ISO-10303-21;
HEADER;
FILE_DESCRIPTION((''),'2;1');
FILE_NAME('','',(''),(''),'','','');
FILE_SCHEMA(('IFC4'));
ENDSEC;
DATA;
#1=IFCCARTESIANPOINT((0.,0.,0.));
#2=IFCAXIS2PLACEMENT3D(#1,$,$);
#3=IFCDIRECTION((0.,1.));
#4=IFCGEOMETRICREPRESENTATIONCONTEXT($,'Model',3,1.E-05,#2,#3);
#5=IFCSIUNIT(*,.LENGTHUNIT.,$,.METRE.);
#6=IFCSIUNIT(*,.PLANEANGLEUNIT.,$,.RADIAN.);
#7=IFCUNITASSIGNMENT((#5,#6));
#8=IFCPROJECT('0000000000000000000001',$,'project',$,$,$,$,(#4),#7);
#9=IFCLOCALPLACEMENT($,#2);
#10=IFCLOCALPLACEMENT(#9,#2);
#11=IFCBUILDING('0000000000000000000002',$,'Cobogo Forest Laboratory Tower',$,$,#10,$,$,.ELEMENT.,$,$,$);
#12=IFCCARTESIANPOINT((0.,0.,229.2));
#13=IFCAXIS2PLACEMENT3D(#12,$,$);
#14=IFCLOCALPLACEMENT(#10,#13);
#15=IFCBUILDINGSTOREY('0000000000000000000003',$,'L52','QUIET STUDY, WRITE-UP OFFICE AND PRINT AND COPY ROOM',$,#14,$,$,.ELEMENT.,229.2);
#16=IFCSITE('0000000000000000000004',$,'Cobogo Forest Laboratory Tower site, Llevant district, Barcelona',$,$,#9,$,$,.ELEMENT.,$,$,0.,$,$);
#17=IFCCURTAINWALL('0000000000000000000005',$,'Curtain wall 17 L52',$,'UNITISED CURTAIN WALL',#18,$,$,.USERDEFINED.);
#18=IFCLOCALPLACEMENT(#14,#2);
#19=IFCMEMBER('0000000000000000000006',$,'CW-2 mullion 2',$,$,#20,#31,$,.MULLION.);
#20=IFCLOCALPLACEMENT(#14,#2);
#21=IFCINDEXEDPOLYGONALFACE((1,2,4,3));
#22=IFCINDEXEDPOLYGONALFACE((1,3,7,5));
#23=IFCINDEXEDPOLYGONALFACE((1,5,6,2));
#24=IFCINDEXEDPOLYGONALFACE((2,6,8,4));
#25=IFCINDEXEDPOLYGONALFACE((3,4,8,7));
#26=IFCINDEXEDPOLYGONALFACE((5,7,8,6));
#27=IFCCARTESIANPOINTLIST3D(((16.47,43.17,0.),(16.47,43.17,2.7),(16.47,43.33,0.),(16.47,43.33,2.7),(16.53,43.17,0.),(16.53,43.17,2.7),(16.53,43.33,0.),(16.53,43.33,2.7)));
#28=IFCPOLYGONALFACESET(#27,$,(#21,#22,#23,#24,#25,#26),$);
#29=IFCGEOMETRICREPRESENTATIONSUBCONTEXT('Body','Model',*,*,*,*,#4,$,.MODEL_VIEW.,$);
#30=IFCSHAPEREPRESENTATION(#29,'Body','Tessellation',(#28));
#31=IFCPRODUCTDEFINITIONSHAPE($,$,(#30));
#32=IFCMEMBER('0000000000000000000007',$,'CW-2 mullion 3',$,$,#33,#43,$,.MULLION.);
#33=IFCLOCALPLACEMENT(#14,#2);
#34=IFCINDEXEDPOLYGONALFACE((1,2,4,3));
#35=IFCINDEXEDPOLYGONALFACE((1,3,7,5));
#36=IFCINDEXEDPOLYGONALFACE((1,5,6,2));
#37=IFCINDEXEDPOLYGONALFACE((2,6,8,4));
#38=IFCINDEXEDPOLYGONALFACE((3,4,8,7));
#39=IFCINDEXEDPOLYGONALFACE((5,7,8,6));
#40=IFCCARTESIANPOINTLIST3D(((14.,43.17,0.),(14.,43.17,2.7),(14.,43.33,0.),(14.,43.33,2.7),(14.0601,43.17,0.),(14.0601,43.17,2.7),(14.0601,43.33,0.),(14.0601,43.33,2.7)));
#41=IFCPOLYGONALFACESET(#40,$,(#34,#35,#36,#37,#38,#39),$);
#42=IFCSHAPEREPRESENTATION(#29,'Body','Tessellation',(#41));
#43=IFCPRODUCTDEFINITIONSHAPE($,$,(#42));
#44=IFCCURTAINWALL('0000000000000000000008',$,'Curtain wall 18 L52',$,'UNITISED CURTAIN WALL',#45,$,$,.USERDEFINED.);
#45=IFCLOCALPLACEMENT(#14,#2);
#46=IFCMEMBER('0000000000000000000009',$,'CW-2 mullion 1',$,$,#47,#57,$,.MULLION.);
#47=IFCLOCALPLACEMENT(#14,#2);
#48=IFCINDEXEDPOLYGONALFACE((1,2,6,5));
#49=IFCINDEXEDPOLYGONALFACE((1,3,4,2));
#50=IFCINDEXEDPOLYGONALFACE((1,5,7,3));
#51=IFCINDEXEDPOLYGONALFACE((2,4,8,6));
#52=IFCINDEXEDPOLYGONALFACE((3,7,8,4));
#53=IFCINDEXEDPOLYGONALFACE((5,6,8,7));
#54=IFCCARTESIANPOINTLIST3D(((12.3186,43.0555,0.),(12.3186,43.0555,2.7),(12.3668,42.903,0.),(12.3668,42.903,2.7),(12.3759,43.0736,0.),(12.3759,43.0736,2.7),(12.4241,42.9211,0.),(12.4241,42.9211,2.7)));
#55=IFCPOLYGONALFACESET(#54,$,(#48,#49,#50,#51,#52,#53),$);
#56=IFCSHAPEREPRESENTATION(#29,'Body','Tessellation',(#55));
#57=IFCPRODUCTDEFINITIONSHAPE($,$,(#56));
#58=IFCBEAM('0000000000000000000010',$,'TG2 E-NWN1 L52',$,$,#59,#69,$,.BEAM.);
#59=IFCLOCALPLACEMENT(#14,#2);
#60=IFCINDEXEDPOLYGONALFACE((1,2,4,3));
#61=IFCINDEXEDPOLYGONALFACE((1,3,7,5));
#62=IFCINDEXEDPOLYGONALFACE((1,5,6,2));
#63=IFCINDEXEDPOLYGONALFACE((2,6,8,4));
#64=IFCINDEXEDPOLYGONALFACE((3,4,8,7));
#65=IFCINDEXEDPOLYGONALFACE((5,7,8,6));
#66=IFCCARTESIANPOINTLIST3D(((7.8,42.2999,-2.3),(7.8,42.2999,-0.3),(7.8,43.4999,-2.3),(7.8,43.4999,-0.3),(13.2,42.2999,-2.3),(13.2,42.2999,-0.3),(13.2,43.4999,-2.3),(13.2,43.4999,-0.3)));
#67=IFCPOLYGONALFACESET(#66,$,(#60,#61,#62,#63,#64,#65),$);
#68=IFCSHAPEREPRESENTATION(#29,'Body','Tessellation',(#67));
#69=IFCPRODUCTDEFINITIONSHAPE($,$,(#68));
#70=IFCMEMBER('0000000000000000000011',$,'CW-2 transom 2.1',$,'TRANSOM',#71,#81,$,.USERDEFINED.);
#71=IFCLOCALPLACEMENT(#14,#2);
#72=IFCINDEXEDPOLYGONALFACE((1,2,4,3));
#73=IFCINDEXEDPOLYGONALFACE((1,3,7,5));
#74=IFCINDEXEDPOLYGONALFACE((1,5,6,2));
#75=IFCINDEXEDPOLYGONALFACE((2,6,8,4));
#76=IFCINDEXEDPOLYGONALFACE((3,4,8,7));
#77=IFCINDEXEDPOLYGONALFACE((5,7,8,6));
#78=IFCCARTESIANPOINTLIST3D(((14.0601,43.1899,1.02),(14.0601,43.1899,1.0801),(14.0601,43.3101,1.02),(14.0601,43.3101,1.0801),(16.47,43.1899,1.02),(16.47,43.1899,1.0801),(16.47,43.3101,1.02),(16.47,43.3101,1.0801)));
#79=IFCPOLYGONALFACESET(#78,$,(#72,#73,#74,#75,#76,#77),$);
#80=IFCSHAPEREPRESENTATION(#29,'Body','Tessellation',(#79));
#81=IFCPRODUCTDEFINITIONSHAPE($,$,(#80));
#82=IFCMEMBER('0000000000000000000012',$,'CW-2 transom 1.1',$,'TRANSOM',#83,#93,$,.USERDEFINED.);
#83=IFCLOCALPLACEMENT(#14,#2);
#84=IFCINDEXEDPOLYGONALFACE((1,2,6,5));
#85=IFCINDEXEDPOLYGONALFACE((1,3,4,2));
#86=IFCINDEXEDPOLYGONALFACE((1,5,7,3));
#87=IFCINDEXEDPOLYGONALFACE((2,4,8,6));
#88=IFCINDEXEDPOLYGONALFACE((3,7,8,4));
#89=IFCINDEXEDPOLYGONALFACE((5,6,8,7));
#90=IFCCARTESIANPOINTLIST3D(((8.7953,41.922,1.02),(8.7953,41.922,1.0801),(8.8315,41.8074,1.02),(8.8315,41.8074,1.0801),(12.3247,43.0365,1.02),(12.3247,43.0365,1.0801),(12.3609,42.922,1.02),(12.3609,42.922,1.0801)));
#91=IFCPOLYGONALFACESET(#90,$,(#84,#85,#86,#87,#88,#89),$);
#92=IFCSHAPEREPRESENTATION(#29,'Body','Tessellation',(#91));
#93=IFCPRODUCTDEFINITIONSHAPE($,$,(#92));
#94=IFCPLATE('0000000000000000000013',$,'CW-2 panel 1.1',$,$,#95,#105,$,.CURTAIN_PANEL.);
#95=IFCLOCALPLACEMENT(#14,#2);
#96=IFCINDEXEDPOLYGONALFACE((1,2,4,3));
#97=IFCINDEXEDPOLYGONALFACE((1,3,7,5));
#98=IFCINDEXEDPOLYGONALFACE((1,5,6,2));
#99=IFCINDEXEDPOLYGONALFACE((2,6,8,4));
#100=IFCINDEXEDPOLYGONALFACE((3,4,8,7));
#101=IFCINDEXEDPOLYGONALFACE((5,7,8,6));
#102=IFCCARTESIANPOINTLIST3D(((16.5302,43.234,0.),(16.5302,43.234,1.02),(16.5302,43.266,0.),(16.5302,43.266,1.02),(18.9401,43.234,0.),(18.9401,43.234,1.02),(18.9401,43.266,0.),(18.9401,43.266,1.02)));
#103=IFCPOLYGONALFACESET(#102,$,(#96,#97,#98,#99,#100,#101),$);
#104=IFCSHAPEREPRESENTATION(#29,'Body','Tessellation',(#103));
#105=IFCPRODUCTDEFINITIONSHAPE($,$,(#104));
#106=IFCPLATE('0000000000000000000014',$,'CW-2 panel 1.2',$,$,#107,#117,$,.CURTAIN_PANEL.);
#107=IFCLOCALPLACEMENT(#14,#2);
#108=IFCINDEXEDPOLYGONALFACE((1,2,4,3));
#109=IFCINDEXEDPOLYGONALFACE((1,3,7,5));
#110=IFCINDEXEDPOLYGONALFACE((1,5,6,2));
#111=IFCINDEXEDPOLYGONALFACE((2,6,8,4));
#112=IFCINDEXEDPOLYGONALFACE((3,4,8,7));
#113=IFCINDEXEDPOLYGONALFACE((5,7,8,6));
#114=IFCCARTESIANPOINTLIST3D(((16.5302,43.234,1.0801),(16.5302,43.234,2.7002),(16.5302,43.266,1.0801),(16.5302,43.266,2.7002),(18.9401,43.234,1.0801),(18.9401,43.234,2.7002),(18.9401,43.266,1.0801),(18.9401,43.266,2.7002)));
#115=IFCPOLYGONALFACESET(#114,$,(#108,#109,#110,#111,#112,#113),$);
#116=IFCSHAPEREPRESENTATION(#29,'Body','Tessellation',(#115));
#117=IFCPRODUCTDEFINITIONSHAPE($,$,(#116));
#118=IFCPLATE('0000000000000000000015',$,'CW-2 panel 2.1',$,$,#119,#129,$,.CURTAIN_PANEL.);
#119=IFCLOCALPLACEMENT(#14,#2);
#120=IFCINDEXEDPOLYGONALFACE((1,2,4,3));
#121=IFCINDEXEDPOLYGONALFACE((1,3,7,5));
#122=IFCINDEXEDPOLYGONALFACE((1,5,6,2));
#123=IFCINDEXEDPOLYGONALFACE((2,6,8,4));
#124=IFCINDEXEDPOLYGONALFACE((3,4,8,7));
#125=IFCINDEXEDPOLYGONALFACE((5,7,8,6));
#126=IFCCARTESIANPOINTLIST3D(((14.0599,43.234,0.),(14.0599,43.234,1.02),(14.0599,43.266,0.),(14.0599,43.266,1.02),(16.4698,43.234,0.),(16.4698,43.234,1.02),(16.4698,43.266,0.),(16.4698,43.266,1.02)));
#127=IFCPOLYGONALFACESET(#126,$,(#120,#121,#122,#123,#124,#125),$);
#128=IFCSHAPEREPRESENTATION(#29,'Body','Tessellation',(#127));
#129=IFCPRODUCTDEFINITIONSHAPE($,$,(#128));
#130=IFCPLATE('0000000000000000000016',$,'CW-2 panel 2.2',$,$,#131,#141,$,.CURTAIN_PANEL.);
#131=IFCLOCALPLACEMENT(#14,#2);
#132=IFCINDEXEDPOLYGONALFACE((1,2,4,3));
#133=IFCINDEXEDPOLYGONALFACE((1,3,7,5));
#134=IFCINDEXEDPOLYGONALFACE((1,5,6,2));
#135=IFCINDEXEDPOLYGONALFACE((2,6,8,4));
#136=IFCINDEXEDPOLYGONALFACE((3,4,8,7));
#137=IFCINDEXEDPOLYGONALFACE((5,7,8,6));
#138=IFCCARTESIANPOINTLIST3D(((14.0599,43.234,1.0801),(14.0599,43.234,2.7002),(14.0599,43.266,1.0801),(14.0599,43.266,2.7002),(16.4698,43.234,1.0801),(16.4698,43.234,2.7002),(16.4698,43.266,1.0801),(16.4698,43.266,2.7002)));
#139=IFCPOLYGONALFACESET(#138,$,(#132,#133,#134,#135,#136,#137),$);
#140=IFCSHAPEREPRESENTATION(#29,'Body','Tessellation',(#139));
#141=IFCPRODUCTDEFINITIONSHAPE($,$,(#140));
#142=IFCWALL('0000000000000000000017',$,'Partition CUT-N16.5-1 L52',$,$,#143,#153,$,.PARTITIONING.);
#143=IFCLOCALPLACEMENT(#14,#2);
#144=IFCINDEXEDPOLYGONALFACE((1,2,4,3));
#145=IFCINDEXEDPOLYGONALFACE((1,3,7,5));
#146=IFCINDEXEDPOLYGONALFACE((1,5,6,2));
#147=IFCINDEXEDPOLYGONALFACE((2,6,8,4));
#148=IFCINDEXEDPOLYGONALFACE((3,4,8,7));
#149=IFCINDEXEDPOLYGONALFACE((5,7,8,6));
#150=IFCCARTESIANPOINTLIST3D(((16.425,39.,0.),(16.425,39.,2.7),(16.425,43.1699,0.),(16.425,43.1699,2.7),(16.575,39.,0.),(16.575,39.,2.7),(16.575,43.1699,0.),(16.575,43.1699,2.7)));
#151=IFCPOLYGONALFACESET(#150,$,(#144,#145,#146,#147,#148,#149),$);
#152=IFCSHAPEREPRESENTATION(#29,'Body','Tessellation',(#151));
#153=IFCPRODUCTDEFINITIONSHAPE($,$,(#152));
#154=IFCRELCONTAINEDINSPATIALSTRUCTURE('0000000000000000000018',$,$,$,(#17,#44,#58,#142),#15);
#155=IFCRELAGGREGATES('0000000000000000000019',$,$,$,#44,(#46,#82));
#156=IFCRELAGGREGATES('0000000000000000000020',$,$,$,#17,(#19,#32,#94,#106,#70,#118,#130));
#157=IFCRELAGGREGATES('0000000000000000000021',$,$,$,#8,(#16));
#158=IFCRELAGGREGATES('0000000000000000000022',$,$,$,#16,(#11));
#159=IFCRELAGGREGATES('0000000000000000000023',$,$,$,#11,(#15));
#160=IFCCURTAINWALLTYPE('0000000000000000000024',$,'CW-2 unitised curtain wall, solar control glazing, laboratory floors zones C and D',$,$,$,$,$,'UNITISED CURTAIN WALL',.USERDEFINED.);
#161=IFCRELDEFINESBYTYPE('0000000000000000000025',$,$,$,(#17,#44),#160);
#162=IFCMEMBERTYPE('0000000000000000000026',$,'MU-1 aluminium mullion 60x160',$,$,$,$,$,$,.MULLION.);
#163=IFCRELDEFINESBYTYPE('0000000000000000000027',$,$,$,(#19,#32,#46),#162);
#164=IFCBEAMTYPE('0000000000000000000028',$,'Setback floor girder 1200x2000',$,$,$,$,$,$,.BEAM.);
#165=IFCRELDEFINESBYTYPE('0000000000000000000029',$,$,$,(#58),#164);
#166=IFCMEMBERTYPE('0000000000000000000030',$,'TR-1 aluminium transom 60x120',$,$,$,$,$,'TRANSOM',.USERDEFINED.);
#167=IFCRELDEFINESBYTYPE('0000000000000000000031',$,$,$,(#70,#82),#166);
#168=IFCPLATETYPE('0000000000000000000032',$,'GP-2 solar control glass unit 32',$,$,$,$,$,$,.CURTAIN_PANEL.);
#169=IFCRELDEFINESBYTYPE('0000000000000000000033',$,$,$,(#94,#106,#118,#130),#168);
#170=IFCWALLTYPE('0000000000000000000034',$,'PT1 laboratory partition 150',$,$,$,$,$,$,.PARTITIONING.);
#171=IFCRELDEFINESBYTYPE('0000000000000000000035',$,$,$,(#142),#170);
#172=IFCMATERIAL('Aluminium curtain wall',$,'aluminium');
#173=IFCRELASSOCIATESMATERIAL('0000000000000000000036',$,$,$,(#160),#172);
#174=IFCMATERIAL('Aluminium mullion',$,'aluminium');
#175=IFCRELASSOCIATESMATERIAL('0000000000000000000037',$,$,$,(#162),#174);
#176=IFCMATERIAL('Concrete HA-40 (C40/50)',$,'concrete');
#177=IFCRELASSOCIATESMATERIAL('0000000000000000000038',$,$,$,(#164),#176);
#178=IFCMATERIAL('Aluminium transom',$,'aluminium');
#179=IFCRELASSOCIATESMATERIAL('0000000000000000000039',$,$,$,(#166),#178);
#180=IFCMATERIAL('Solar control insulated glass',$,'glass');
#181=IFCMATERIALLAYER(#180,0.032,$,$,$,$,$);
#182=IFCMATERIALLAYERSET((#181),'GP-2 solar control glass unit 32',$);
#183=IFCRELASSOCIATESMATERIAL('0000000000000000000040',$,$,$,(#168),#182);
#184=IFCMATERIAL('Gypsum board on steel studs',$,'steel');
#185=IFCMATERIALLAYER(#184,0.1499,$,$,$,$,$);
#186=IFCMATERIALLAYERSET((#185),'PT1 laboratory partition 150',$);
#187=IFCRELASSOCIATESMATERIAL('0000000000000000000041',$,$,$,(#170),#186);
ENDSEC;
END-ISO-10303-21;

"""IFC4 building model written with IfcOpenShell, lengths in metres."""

from ifc_helpers import new_model, si_unit, direction, frame, frame_2d, origin, origin_2d, place, context, subcontext, project, spatial, rectangle, extrude, material, layer, layer_set, material_profile, profile_set, type_object, element, aggregate, save


model = new_model("IFC4")

# Units and contexts
model_context = context("Model", 3, precision=1e-05, world=origin(), true_north=direction((0.0, 1.0)))
body_context = subcontext(model_context, "Body", "Model", "MODEL_VIEW")
ifc_project = project(units=[si_unit("LENGTHUNIT", "METRE"), si_unit("PLANEANGLEUNIT", "RADIAN")], contexts=[model_context])

# Site, building, storey
site_placement = place(None, origin())
site = spatial("IfcSite", under=ifc_project, at=site_placement, Name="Cobogo Forest Laboratory Tower site, Llevant district, Barcelona", CompositionType="ELEMENT", RefElevation=0.0)
building_placement = place(site_placement, origin())
building = spatial("IfcBuilding", under=site, at=building_placement, Name="Cobogo Forest Laboratory Tower", CompositionType="ELEMENT")
storey_placement = place(building_placement, frame((0.0, 0.0, 229.2)))
storey = spatial("IfcBuildingStorey", under=building, at=storey_placement, Name="L52", Description="QUIET STUDY, WRITE-UP OFFICE AND PRINT AND COPY ROOM", CompositionType="ELEMENT", Elevation=229.2)

# Curtain wall, members
ifc_material_1 = material(Name="Aluminium curtain wall", Category="aluminium")
curtain_wall_type = type_object("IfcCurtainWallType", Name="CW-2 unitised curtain wall, solar control glazing, laboratory floors zones C and D", ElementType="UNITISED CURTAIN WALL", PredefinedType="USERDEFINED", material=ifc_material_1)
curtain_wall_1_placement = place(storey_placement, origin())
curtain_wall_1 = element("IfcCurtainWall", 1, at=curtain_wall_1_placement, inside=storey, type_object=curtain_wall_type, Name="Curtain wall 17 L52", ObjectType="UNITISED CURTAIN WALL", PredefinedType="USERDEFINED")
ifc_material_2 = material(Name="Aluminium mullion", Category="aluminium")
ifc_material_profile_1 = material_profile(ifc_material_2, rectangle(XDim=0.0601, YDim=0.1599, at=origin_2d()), Name="AL 60x160")
ifc_profile_set_1 = profile_set([ifc_material_profile_1], Name="Aluminium mullion")
member_type_1 = type_object("IfcMemberType", Name="MU-1 aluminium mullion 60x160", PredefinedType="MULLION", material=ifc_profile_set_1)
member_1_placement = place(storey_placement, frame((16.5, 43.25, 0.0), z_axis=(0.0, 0.0, 1.0), x_axis=(-1.0, 0.0, 0.0)))
member_1 = element("IfcMember", 2, at=member_1_placement, type_object=member_type_1, Name="CW-2 mullion 2", PredefinedType="MULLION", context=body_context, shape_type="SweptSolid", body=[
    extrude(rectangle(XDim=0.0601, YDim=0.1599, at=origin_2d()), origin(), (0.0, 0.0, 1.0), 2.7),
])
member_2_placement = place(storey_placement, frame((14.03, 43.25, 0.0), z_axis=(0.0, 0.0, 1.0), x_axis=(-1.0, 0.0, 0.0)))
member_2 = element("IfcMember", 3, at=member_2_placement, type_object=member_type_1, Name="CW-2 mullion 3", PredefinedType="MULLION", context=body_context, shape_type="SweptSolid", body=[
    extrude(rectangle(XDim=0.0601, YDim=0.1599, at=origin_2d()), origin(), (0.0, 0.0, 1.0), 2.7),
])

# Curtain wall, member
curtain_wall_2_placement = place(storey_placement, origin())
curtain_wall_2 = element("IfcCurtainWall", 4, at=curtain_wall_2_placement, inside=storey, type_object=curtain_wall_type, Name="Curtain wall 18 L52", ObjectType="UNITISED CURTAIN WALL", PredefinedType="USERDEFINED")
member_3_placement = place(storey_placement, frame((12.3713, 42.9883, 0.0), z_axis=(0.0, 0.0, 1.0), x_axis=(-0.953581, -0.301136, 0.0)))
member_3 = element("IfcMember", 5, at=member_3_placement, type_object=member_type_1, Name="CW-2 mullion 1", PredefinedType="MULLION", context=body_context, shape_type="SweptSolid", body=[
    extrude(rectangle(XDim=0.0601, YDim=0.1599, at=origin_2d()), origin(), (0.0, 0.0, 1.0), 2.7),
])

# Beam
ifc_material_3 = material(Name="Concrete HA-40 (C40/50)", Category="concrete")
ifc_material_profile_2 = material_profile(ifc_material_3, rectangle(XDim=1.2, YDim=2.0, at=origin_2d()), Name="RC 1200x2000")
ifc_profile_set_2 = profile_set([ifc_material_profile_2], Name="Concrete HA-40 (C40/50)")
beam_type = type_object("IfcBeamType", Name="Setback floor girder 1200x2000", PredefinedType="BEAM", material=ifc_profile_set_2)
beam_placement = place(storey_placement, frame((13.2, 42.8999, -1.3), z_axis=(-1.0, 0.0, 0.0), x_axis=(0.0, -1.0, 0.0)))
element("IfcBeam", 6, at=beam_placement, inside=storey, type_object=beam_type, Name="TG2 E-NWN1 L52", PredefinedType="BEAM", context=body_context, shape_type="SweptSolid", body=[
    extrude(rectangle(XDim=1.2, YDim=2.0, at=origin_2d()), origin(), (0.0, 0.0, 1.0), 5.3999),
])

# Members
ifc_material_4 = material(Name="Aluminium transom", Category="aluminium")
ifc_material_profile_3 = material_profile(ifc_material_4, rectangle(XDim=0.1201, YDim=0.0601, at=origin_2d()), Name="AL 60x120")
ifc_profile_set_3 = profile_set([ifc_material_profile_3], Name="Aluminium transom")
member_type_2 = type_object("IfcMemberType", Name="TR-1 aluminium transom 60x120", ElementType="TRANSOM", PredefinedType="USERDEFINED", material=ifc_profile_set_3)
member_4_placement = place(storey_placement, frame((16.47, 43.25, 1.05), z_axis=(-1.0, 0.0, 0.0), x_axis=(0.0, -1.0, 0.0)))
member_4 = element("IfcMember", 7, at=member_4_placement, type_object=member_type_2, Name="CW-2 transom 2.1", ObjectType="TRANSOM", PredefinedType="USERDEFINED", context=body_context, shape_type="SweptSolid", body=[
    extrude(rectangle(XDim=0.1201, YDim=0.0601, at=origin_2d()), origin(), (0.0, 0.0, 1.0), 2.4099),
])
member_5_placement = place(storey_placement, frame((12.3428, 42.9792, 1.05), z_axis=(-0.953584, -0.301128, 0.0), x_axis=(0.301128, -0.953584, 0.0)))
member_5 = element("IfcMember", 8, at=member_5_placement, type_object=member_type_2, Name="CW-2 transom 1.1", ObjectType="TRANSOM", PredefinedType="USERDEFINED", context=body_context, shape_type="SweptSolid", body=[
    extrude(rectangle(XDim=0.1201, YDim=0.0601, at=origin_2d()), origin(), (0.0, 0.0, 1.0), 3.7012),
])
aggregate(curtain_wall_2, [member_3, member_5])

# Plates
ifc_material_5 = material(Name="Solar control insulated glass", Category="glass")
ifc_layer_1 = layer(ifc_material_5, 0.032)
ifc_layer_set_1 = layer_set([ifc_layer_1], Name="GP-2 solar control glass unit 32")
plate_type_1 = type_object("IfcPlateType", Name="GP-2 solar control glass unit 32", PredefinedType="CURTAIN_PANEL", material=ifc_layer_set_1)
plate_1_placement = place(storey_placement, frame((17.7351, 43.25, 0.0), z_axis=(0.0, 0.0, 1.0), x_axis=(-1.0, 0.0, 0.0)))
plate_1 = element("IfcPlate", 9, at=plate_1_placement, type_object=plate_type_1, Name="CW-2 panel 1.1", PredefinedType="CURTAIN_PANEL", context=body_context, shape_type="SweptSolid", body=[
    extrude(rectangle(XDim=2.4099, YDim=0.032, at=origin_2d()), origin(), (0.0, 0.0, 1.0), 1.02),
])
plate_2_placement = place(storey_placement, frame((17.7351, 43.25, 1.0801), z_axis=(0.0, 0.0, 1.0), x_axis=(-1.0, 0.0, 0.0)))
plate_2 = element("IfcPlate", 10, at=plate_2_placement, type_object=plate_type_1, Name="CW-2 panel 1.2", PredefinedType="CURTAIN_PANEL", context=body_context, shape_type="SweptSolid", body=[
    extrude(rectangle(XDim=2.4099, YDim=0.032, at=origin_2d()), origin(), (0.0, 0.0, 1.0), 1.6201),
])
plate_3_placement = place(storey_placement, frame((15.2649, 43.25, 0.0), z_axis=(0.0, 0.0, 1.0), x_axis=(-1.0, 0.0, 0.0)))
plate_3 = element("IfcPlate", 11, at=plate_3_placement, type_object=plate_type_1, Name="CW-2 panel 2.1", PredefinedType="CURTAIN_PANEL", context=body_context, shape_type="SweptSolid", body=[
    extrude(rectangle(XDim=2.4099, YDim=0.032, at=origin_2d()), origin(), (0.0, 0.0, 1.0), 1.02),
])
plate_4_placement = place(storey_placement, frame((15.2649, 43.25, 1.0801), z_axis=(0.0, 0.0, 1.0), x_axis=(-1.0, 0.0, 0.0)))
plate_4 = element("IfcPlate", 12, at=plate_4_placement, type_object=plate_type_1, Name="CW-2 panel 2.2", PredefinedType="CURTAIN_PANEL", context=body_context, shape_type="SweptSolid", body=[
    extrude(rectangle(XDim=2.4099, YDim=0.032, at=origin_2d()), origin(), (0.0, 0.0, 1.0), 1.6201),
])
aggregate(curtain_wall_1, [member_1, member_2, plate_1, plate_2, member_4, plate_3, plate_4])

# Wall
ifc_material_6 = material(Name="Gypsum board on steel studs", Category="steel")
ifc_layer_2 = layer(ifc_material_6, 0.1499)
ifc_layer_set_2 = layer_set([ifc_layer_2], Name="PT1 laboratory partition 150")
wall_type = type_object("IfcWallType", Name="PT1 laboratory partition 150", PredefinedType="PARTITIONING", material=ifc_layer_set_2)
wall_placement = place(storey_placement, frame((16.5, 43.1699, 0.0), z_axis=(0.0, 0.0, 1.0), x_axis=(0.0, -1.0, 0.0)))
element("IfcWall", 13, at=wall_placement, inside=storey, type_object=wall_type, Name="Partition CUT-N16.5-1 L52", PredefinedType="PARTITIONING", context=body_context, shape_type="SweptSolid", body=[
    extrude(rectangle(XDim=4.1699, YDim=0.1499, at=frame_2d((2.085, 0.0))), origin(), (0.0, 0.0, 1.0), 2.7),
])

save(model, "model.ifc")
